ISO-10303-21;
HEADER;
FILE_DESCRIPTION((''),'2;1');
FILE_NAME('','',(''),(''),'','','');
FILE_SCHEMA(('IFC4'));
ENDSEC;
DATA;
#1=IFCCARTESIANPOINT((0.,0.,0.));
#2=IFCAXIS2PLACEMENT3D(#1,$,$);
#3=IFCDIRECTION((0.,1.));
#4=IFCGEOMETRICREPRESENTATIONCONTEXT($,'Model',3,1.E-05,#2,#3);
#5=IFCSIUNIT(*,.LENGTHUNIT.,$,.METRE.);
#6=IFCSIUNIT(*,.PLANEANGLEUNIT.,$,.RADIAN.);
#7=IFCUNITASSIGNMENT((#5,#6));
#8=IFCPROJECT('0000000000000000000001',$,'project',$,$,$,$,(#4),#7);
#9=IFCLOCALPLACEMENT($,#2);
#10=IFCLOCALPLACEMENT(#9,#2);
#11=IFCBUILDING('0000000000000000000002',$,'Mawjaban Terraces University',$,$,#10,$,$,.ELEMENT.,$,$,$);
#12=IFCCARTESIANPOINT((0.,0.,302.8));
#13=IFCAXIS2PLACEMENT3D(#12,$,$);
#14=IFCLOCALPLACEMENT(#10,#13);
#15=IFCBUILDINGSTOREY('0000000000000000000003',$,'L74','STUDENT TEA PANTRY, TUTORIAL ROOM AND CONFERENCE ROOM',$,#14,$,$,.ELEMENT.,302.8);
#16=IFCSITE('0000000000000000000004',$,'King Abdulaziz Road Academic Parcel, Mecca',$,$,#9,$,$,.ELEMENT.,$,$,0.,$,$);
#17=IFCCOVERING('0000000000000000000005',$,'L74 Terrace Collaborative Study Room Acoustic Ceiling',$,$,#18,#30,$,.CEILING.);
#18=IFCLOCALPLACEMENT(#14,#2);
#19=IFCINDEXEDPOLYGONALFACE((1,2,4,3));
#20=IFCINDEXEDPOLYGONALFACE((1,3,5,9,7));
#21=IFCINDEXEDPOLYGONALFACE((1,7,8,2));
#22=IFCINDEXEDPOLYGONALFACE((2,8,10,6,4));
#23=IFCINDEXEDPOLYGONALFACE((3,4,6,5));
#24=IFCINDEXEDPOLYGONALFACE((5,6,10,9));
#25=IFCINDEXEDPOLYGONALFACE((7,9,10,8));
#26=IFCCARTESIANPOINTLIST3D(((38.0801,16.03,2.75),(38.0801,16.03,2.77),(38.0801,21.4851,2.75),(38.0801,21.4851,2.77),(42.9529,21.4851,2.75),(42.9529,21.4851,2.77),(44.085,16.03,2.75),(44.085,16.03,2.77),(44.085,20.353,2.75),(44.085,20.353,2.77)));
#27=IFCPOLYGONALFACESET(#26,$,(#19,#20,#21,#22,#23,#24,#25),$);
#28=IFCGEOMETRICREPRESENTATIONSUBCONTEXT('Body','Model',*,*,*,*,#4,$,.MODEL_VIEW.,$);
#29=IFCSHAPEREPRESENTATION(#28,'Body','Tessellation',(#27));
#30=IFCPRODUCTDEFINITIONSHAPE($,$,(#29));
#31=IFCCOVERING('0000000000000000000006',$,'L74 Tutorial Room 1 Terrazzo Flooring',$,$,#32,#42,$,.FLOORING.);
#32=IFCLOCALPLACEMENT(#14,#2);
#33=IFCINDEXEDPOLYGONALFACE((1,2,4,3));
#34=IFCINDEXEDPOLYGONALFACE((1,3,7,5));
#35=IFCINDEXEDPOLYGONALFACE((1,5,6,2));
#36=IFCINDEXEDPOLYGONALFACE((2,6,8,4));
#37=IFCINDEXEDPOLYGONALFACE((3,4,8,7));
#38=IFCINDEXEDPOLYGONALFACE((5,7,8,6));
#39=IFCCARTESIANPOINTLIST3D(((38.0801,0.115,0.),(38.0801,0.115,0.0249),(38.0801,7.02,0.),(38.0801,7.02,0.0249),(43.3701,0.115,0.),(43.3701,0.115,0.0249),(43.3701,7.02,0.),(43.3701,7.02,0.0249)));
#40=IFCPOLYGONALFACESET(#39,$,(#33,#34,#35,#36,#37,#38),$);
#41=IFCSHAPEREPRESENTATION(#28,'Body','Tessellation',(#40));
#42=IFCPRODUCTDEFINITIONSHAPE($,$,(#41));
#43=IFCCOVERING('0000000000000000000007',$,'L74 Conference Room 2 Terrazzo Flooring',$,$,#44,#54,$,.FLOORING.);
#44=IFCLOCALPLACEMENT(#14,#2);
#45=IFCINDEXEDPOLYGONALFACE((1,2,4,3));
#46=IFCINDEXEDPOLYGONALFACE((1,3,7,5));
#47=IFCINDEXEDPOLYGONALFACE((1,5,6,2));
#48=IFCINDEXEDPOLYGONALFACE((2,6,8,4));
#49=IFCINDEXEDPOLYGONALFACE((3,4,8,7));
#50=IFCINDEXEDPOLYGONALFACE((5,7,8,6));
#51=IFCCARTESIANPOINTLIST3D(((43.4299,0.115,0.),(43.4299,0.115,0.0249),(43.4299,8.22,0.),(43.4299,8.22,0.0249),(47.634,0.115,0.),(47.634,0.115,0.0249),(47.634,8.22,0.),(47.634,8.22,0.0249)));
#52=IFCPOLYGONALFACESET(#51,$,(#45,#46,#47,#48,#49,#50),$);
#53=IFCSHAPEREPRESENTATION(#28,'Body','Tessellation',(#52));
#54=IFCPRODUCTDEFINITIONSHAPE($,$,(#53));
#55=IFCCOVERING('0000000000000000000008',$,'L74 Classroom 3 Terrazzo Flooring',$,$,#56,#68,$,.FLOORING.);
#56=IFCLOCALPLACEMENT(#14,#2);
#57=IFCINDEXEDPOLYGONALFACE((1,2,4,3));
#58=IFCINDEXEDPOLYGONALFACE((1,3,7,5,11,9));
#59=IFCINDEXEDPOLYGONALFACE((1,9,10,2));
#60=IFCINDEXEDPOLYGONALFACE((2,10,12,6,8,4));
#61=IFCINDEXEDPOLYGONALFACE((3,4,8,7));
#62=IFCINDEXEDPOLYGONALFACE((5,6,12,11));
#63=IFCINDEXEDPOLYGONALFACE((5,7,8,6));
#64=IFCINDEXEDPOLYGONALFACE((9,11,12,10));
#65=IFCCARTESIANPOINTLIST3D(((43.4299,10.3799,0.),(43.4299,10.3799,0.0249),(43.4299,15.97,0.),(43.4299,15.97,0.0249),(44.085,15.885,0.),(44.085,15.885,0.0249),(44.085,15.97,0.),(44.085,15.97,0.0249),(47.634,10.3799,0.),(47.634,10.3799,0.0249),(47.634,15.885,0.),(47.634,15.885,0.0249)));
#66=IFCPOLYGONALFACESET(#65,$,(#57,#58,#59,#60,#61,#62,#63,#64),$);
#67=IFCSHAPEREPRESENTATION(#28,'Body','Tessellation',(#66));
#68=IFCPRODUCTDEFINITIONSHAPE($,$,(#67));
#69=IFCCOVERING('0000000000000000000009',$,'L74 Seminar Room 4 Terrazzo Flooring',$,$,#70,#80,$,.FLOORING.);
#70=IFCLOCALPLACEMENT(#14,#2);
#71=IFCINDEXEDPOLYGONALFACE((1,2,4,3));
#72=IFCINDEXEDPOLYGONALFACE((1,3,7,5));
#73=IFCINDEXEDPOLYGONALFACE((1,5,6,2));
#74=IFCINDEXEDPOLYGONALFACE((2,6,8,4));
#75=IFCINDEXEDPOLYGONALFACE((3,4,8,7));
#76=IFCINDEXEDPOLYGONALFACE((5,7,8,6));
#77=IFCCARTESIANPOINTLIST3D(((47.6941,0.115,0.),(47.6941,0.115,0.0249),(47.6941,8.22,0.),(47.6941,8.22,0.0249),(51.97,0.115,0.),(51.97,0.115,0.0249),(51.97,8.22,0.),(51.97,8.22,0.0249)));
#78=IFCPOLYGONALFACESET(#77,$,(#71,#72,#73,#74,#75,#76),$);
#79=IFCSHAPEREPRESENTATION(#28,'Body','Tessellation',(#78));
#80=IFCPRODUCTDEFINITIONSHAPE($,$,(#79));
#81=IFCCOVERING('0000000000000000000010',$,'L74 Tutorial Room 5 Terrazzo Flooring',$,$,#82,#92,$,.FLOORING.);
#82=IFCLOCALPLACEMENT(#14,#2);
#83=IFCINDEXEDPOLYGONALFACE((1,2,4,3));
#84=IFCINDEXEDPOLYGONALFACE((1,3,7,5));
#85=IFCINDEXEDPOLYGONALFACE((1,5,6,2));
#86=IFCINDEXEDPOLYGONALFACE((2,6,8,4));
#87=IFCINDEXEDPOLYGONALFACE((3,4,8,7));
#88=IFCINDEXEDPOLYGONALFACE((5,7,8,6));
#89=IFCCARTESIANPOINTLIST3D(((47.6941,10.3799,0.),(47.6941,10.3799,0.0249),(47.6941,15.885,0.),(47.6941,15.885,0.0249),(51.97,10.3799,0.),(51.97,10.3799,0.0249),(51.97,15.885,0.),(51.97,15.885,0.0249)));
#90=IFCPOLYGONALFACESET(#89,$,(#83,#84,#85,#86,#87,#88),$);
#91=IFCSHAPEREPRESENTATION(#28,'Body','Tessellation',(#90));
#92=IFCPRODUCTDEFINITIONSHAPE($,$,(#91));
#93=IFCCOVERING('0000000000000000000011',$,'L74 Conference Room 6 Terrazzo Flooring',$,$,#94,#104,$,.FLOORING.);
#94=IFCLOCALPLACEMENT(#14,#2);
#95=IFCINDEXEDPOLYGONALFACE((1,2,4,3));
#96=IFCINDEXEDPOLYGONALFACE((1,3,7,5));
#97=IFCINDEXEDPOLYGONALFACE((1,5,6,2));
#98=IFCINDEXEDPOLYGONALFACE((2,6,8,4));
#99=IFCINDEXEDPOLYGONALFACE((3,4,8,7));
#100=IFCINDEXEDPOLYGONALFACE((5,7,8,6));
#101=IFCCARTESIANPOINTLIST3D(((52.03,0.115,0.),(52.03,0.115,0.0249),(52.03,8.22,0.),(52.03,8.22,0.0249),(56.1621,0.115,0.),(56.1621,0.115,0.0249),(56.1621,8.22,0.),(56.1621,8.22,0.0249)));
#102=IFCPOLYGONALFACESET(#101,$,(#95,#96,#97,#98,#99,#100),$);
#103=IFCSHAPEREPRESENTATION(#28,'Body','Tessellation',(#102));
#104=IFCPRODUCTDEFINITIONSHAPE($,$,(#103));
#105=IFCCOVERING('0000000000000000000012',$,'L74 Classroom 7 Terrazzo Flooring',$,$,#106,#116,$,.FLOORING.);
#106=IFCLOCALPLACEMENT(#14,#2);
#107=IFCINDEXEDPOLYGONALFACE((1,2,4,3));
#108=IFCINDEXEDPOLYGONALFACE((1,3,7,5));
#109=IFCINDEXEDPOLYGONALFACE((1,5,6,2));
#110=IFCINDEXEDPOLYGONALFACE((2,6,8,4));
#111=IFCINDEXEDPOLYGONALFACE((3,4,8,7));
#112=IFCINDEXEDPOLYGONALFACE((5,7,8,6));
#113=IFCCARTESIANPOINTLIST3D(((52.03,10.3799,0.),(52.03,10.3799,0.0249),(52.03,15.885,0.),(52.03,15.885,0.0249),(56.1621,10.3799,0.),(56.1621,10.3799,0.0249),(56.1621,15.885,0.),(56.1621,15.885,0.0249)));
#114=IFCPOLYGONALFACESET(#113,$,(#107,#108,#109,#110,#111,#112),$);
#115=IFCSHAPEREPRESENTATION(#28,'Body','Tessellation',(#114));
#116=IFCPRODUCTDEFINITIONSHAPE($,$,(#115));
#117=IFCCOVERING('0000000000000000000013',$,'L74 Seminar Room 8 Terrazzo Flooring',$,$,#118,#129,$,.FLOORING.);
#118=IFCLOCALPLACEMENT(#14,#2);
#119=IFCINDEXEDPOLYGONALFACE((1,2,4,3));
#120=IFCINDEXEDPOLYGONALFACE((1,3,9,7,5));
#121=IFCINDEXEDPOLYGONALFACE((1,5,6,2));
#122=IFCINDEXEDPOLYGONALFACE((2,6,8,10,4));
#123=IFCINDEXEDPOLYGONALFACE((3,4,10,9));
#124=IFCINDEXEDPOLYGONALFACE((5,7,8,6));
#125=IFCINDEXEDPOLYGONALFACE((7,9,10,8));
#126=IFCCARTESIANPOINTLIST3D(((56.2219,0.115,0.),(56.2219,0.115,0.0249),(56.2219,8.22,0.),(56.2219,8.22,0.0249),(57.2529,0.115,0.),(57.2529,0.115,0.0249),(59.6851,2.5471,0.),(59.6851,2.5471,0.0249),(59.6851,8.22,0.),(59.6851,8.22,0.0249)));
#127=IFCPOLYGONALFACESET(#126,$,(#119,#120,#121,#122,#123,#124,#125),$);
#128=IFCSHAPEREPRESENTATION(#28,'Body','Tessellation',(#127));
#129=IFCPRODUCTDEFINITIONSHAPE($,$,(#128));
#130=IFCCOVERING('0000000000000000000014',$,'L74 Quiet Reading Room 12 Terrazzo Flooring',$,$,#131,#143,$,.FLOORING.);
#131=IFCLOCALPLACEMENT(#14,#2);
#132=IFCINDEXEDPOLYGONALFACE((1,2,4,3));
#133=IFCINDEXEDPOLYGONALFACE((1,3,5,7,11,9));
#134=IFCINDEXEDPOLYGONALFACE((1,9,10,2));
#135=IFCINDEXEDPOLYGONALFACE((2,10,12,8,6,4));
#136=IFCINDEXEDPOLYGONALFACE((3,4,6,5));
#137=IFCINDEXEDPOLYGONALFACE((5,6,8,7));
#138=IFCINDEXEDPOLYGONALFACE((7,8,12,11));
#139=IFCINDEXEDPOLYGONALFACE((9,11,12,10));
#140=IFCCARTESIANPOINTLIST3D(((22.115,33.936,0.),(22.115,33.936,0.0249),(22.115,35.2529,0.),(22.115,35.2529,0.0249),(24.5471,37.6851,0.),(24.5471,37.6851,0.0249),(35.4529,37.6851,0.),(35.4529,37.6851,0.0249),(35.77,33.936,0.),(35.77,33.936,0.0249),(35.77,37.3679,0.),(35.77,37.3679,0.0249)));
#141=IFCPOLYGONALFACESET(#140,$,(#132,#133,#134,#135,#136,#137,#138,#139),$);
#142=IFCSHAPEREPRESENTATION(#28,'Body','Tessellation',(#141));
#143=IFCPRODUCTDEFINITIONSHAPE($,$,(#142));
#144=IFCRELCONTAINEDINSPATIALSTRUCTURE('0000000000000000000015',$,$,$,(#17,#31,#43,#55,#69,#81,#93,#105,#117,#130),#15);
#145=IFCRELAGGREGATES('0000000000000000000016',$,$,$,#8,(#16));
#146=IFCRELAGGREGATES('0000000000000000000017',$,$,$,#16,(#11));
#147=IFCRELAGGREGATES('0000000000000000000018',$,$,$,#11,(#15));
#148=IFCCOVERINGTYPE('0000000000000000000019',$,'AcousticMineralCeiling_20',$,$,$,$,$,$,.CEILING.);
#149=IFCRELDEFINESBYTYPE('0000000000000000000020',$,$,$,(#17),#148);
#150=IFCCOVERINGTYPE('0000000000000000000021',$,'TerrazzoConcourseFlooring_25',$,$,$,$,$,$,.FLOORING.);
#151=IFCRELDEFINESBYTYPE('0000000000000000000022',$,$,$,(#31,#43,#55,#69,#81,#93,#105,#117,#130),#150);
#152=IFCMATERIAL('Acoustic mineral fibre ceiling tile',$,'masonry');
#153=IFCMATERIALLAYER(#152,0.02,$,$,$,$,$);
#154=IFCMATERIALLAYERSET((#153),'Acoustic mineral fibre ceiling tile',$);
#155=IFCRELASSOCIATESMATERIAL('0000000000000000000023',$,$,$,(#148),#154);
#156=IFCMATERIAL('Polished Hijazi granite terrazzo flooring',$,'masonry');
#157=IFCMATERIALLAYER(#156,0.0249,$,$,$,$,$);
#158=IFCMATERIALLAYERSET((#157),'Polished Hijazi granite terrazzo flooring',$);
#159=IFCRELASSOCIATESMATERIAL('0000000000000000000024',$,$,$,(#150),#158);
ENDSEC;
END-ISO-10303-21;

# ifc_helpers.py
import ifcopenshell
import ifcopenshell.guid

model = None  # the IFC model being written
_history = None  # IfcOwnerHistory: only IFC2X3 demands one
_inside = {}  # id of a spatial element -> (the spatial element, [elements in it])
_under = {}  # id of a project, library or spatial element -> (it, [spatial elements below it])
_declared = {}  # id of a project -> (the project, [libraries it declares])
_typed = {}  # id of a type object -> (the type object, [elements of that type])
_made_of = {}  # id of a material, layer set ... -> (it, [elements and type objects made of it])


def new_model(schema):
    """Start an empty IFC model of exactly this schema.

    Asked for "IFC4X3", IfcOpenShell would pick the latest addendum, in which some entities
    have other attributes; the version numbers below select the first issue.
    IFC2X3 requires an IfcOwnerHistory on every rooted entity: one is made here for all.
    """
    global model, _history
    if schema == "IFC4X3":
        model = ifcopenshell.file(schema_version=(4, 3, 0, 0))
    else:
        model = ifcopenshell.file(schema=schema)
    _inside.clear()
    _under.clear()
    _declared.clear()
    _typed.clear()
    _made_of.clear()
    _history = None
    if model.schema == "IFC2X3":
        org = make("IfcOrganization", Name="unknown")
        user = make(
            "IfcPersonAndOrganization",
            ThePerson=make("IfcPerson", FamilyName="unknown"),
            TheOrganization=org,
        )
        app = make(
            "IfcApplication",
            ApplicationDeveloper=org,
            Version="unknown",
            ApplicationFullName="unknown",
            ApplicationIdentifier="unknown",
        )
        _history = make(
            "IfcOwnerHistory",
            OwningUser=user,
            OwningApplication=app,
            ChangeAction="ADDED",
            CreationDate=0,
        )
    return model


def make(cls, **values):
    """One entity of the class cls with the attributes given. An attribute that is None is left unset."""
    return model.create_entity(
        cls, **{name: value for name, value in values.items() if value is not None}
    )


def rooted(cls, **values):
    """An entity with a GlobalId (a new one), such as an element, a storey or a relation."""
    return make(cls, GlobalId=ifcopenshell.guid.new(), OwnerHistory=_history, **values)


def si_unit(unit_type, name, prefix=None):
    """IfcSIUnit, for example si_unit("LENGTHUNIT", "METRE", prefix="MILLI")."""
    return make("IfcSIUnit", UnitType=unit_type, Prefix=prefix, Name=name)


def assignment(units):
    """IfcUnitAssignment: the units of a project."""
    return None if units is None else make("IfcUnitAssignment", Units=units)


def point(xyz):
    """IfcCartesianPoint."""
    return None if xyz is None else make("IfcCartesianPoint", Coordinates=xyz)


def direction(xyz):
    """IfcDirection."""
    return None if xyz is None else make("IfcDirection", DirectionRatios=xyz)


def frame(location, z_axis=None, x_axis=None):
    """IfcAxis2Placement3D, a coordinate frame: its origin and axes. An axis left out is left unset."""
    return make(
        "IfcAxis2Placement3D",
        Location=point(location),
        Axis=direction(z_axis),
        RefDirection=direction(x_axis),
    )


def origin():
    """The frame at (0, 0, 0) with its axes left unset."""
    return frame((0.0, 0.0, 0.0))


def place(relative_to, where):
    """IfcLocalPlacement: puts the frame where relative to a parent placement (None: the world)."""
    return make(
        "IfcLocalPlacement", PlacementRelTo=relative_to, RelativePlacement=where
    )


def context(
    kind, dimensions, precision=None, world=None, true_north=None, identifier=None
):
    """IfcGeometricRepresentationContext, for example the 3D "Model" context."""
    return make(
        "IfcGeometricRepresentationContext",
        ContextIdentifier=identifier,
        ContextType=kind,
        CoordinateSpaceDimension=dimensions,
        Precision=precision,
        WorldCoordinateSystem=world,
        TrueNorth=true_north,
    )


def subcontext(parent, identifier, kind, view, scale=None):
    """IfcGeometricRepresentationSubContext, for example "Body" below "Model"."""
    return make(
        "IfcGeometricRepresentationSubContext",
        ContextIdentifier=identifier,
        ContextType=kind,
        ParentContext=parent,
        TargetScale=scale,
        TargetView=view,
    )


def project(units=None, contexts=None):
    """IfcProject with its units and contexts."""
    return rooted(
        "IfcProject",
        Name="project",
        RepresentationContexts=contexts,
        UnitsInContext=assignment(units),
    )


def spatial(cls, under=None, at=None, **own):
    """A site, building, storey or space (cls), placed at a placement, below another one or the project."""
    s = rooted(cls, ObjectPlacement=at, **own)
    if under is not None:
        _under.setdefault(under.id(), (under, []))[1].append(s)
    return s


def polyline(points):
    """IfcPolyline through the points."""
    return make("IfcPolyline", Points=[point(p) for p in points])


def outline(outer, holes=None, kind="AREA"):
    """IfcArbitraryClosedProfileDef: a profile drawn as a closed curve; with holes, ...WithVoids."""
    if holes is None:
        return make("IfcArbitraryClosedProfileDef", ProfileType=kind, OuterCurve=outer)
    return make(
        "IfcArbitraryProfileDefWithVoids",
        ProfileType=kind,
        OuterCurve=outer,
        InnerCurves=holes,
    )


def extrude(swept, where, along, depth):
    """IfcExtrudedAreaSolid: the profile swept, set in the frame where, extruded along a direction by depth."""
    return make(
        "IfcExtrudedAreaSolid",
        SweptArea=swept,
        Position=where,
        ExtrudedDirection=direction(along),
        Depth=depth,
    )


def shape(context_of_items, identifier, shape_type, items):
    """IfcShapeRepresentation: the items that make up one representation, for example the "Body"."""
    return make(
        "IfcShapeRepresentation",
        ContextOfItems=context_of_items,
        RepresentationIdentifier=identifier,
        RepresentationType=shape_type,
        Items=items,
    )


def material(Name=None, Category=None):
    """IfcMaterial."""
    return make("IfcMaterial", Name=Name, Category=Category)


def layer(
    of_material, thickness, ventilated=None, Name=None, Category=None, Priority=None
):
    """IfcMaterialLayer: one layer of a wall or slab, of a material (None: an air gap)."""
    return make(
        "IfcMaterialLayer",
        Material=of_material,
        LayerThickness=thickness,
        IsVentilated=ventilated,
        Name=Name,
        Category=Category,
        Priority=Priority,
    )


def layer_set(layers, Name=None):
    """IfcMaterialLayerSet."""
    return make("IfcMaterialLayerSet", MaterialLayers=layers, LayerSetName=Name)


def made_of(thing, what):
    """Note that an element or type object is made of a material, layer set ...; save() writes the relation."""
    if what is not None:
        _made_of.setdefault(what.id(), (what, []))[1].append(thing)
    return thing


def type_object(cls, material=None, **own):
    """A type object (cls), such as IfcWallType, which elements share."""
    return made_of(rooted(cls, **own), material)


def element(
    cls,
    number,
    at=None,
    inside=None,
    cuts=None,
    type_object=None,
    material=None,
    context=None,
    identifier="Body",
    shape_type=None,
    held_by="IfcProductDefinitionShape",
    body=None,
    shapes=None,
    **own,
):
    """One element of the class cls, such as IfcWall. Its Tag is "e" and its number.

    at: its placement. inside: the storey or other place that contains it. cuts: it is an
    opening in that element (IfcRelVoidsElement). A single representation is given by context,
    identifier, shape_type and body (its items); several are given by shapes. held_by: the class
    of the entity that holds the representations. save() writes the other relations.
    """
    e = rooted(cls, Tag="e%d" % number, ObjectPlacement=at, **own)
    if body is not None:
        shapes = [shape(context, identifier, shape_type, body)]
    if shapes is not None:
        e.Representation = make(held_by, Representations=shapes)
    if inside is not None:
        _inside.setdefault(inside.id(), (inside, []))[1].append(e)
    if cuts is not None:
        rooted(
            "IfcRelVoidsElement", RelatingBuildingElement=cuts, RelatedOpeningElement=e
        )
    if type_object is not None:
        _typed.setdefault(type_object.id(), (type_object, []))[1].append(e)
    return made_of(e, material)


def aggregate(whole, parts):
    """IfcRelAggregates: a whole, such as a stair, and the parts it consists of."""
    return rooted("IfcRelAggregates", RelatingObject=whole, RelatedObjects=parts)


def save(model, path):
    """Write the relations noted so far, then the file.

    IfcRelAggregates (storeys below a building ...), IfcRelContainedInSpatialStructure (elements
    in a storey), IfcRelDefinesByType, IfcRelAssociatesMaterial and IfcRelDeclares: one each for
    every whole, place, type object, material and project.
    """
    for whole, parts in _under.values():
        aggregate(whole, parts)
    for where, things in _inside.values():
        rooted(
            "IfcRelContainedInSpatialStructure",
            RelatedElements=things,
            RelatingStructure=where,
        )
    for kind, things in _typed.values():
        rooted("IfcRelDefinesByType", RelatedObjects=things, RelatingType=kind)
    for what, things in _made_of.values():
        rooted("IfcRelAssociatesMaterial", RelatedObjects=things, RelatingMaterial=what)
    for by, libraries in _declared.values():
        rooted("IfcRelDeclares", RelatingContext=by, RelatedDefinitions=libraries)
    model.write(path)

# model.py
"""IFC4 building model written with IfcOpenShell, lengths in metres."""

from ifc_helpers import new_model, si_unit, direction, frame, origin, place, context, subcontext, project, spatial, polyline, outline, extrude, material, layer, layer_set, type_object, element, save


model = new_model("IFC4")

# Units and contexts
model_context = context("Model", 3, precision=1e-05, world=origin(), true_north=direction((0.0, 1.0)))
body_context = subcontext(model_context, "Body", "Model", "MODEL_VIEW")
ifc_project = project(units=[si_unit("LENGTHUNIT", "METRE"), si_unit("PLANEANGLEUNIT", "RADIAN")], contexts=[model_context])

# Site, building, storey
site_placement = place(None, origin())
site = spatial("IfcSite", under=ifc_project, at=site_placement, Name="King Abdulaziz Road Academic Parcel, Mecca", CompositionType="ELEMENT", RefElevation=0.0)
building_placement = place(site_placement, origin())
building = spatial("IfcBuilding", under=site, at=building_placement, Name="Mawjaban Terraces University", CompositionType="ELEMENT")
storey_placement = place(building_placement, frame((0.0, 0.0, 302.8)))
storey = spatial("IfcBuildingStorey", under=building, at=storey_placement, Name="L74", Description="STUDENT TEA PANTRY, TUTORIAL ROOM AND CONFERENCE ROOM", CompositionType="ELEMENT", Elevation=302.8)

# Coverings
ifc_material_1 = material(Name="Acoustic mineral fibre ceiling tile", Category="masonry")
ifc_layer_1 = layer(ifc_material_1, 0.02)
ifc_layer_set_1 = layer_set([ifc_layer_1], Name="Acoustic mineral fibre ceiling tile")
covering_type_1 = type_object("IfcCoveringType", Name="AcousticMineralCeiling_20", PredefinedType="CEILING", material=ifc_layer_set_1)
covering_1_placement = place(storey_placement, frame((0.0, 0.0, 2.75)))
element("IfcCovering", 1, at=covering_1_placement, inside=storey, type_object=covering_type_1, Name="L74 Terrace Collaborative Study Room Acoustic Ceiling", PredefinedType="CEILING", context=body_context, shape_type="SweptSolid", body=[
    extrude(outline(polyline([(44.085, 16.03), (44.085, 20.353), (42.9529, 21.4851), (38.0801, 21.4851), (38.0801, 16.03), (44.085, 16.03)])), origin(), (0.0, 0.0, 1.0), 0.02),
])
ifc_material_2 = material(Name="Polished Hijazi granite terrazzo flooring", Category="masonry")
ifc_layer_2 = layer(ifc_material_2, 0.0249)
ifc_layer_set_2 = layer_set([ifc_layer_2], Name="Polished Hijazi granite terrazzo flooring")
covering_type_2 = type_object("IfcCoveringType", Name="TerrazzoConcourseFlooring_25", PredefinedType="FLOORING", material=ifc_layer_set_2)
covering_2_placement = place(storey_placement, origin())
element("IfcCovering", 2, at=covering_2_placement, inside=storey, type_object=covering_type_2, Name="L74 Tutorial Room 1 Terrazzo Flooring", PredefinedType="FLOORING", context=body_context, shape_type="SweptSolid", body=[
    extrude(outline(polyline([(38.0801, 7.02), (38.0801, 0.115), (43.3701, 0.115), (43.3701, 7.02), (38.0801, 7.02)])), origin(), (0.0, 0.0, 1.0), 0.0249),
])
covering_3_placement = place(storey_placement, origin())
element("IfcCovering", 3, at=covering_3_placement, inside=storey, type_object=covering_type_2, Name="L74 Conference Room 2 Terrazzo Flooring", PredefinedType="FLOORING", context=body_context, shape_type="SweptSolid", body=[
    extrude(outline(polyline([(43.4299, 0.115), (47.634, 0.115), (47.634, 8.22), (43.4299, 8.22), (43.4299, 0.115)])), origin(), (0.0, 0.0, 1.0), 0.0249),
])
covering_4_placement = place(storey_placement, origin())
element("IfcCovering", 4, at=covering_4_placement, inside=storey, type_object=covering_type_2, Name="L74 Classroom 3 Terrazzo Flooring", PredefinedType="FLOORING", context=body_context, shape_type="SweptSolid", body=[
    extrude(outline(polyline([(47.634, 15.885), (44.085, 15.885), (44.085, 15.97), (43.4299, 15.97), (43.4299, 10.3799), (47.634, 10.3799), (47.634, 15.885)])), origin(), (0.0, 0.0, 1.0), 0.0249),
])
covering_5_placement = place(storey_placement, origin())
element("IfcCovering", 5, at=covering_5_placement, inside=storey, type_object=covering_type_2, Name="L74 Seminar Room 4 Terrazzo Flooring", PredefinedType="FLOORING", context=body_context, shape_type="SweptSolid", body=[
    extrude(outline(polyline([(47.6941, 0.115), (51.97, 0.115), (51.97, 8.22), (47.6941, 8.22), (47.6941, 0.115)])), origin(), (0.0, 0.0, 1.0), 0.0249),
])
covering_6_placement = place(storey_placement, origin())
element("IfcCovering", 6, at=covering_6_placement, inside=storey, type_object=covering_type_2, Name="L74 Tutorial Room 5 Terrazzo Flooring", PredefinedType="FLOORING", context=body_context, shape_type="SweptSolid", body=[
    extrude(outline(polyline([(51.97, 15.885), (47.6941, 15.885), (47.6941, 10.3799), (51.97, 10.3799), (51.97, 15.885)])), origin(), (0.0, 0.0, 1.0), 0.0249),
])
covering_7_placement = place(storey_placement, origin())
element("IfcCovering", 7, at=covering_7_placement, inside=storey, type_object=covering_type_2, Name="L74 Conference Room 6 Terrazzo Flooring", PredefinedType="FLOORING", context=body_context, shape_type="SweptSolid", body=[
    extrude(outline(polyline([(52.03, 0.115), (56.1621, 0.115), (56.1621, 8.22), (52.03, 8.22), (52.03, 0.115)])), origin(), (0.0, 0.0, 1.0), 0.0249),
])
covering_8_placement = place(storey_placement, origin())
element("IfcCovering", 8, at=covering_8_placement, inside=storey, type_object=covering_type_2, Name="L74 Classroom 7 Terrazzo Flooring", PredefinedType="FLOORING", context=body_context, shape_type="SweptSolid", body=[
    extrude(outline(polyline([(56.1621, 15.885), (52.03, 15.885), (52.03, 10.3799), (56.1621, 10.3799), (56.1621, 15.885)])), origin(), (0.0, 0.0, 1.0), 0.0249),
])
covering_9_placement = place(storey_placement, origin())
element("IfcCovering", 9, at=covering_9_placement, inside=storey, type_object=covering_type_2, Name="L74 Seminar Room 8 Terrazzo Flooring", PredefinedType="FLOORING", context=body_context, shape_type="SweptSolid", body=[
    extrude(outline(polyline([(56.2219, 0.115), (57.2529, 0.115), (59.6851, 2.5471), (59.6851, 8.22), (56.2219, 8.22), (56.2219, 0.115)])), origin(), (0.0, 0.0, 1.0), 0.0249),
])
covering_10_placement = place(storey_placement, origin())
element("IfcCovering", 10, at=covering_10_placement, inside=storey, type_object=covering_type_2, Name="L74 Quiet Reading Room 12 Terrazzo Flooring", PredefinedType="FLOORING", context=body_context, shape_type="SweptSolid", body=[
    extrude(outline(polyline([(35.77, 37.3679), (35.4529, 37.6851), (24.5471, 37.6851), (22.115, 35.2529), (22.115, 33.936), (35.77, 33.936), (35.77, 37.3679)])), origin(), (0.0, 0.0, 1.0), 0.0249),
])

save(model, "model.ifc")
